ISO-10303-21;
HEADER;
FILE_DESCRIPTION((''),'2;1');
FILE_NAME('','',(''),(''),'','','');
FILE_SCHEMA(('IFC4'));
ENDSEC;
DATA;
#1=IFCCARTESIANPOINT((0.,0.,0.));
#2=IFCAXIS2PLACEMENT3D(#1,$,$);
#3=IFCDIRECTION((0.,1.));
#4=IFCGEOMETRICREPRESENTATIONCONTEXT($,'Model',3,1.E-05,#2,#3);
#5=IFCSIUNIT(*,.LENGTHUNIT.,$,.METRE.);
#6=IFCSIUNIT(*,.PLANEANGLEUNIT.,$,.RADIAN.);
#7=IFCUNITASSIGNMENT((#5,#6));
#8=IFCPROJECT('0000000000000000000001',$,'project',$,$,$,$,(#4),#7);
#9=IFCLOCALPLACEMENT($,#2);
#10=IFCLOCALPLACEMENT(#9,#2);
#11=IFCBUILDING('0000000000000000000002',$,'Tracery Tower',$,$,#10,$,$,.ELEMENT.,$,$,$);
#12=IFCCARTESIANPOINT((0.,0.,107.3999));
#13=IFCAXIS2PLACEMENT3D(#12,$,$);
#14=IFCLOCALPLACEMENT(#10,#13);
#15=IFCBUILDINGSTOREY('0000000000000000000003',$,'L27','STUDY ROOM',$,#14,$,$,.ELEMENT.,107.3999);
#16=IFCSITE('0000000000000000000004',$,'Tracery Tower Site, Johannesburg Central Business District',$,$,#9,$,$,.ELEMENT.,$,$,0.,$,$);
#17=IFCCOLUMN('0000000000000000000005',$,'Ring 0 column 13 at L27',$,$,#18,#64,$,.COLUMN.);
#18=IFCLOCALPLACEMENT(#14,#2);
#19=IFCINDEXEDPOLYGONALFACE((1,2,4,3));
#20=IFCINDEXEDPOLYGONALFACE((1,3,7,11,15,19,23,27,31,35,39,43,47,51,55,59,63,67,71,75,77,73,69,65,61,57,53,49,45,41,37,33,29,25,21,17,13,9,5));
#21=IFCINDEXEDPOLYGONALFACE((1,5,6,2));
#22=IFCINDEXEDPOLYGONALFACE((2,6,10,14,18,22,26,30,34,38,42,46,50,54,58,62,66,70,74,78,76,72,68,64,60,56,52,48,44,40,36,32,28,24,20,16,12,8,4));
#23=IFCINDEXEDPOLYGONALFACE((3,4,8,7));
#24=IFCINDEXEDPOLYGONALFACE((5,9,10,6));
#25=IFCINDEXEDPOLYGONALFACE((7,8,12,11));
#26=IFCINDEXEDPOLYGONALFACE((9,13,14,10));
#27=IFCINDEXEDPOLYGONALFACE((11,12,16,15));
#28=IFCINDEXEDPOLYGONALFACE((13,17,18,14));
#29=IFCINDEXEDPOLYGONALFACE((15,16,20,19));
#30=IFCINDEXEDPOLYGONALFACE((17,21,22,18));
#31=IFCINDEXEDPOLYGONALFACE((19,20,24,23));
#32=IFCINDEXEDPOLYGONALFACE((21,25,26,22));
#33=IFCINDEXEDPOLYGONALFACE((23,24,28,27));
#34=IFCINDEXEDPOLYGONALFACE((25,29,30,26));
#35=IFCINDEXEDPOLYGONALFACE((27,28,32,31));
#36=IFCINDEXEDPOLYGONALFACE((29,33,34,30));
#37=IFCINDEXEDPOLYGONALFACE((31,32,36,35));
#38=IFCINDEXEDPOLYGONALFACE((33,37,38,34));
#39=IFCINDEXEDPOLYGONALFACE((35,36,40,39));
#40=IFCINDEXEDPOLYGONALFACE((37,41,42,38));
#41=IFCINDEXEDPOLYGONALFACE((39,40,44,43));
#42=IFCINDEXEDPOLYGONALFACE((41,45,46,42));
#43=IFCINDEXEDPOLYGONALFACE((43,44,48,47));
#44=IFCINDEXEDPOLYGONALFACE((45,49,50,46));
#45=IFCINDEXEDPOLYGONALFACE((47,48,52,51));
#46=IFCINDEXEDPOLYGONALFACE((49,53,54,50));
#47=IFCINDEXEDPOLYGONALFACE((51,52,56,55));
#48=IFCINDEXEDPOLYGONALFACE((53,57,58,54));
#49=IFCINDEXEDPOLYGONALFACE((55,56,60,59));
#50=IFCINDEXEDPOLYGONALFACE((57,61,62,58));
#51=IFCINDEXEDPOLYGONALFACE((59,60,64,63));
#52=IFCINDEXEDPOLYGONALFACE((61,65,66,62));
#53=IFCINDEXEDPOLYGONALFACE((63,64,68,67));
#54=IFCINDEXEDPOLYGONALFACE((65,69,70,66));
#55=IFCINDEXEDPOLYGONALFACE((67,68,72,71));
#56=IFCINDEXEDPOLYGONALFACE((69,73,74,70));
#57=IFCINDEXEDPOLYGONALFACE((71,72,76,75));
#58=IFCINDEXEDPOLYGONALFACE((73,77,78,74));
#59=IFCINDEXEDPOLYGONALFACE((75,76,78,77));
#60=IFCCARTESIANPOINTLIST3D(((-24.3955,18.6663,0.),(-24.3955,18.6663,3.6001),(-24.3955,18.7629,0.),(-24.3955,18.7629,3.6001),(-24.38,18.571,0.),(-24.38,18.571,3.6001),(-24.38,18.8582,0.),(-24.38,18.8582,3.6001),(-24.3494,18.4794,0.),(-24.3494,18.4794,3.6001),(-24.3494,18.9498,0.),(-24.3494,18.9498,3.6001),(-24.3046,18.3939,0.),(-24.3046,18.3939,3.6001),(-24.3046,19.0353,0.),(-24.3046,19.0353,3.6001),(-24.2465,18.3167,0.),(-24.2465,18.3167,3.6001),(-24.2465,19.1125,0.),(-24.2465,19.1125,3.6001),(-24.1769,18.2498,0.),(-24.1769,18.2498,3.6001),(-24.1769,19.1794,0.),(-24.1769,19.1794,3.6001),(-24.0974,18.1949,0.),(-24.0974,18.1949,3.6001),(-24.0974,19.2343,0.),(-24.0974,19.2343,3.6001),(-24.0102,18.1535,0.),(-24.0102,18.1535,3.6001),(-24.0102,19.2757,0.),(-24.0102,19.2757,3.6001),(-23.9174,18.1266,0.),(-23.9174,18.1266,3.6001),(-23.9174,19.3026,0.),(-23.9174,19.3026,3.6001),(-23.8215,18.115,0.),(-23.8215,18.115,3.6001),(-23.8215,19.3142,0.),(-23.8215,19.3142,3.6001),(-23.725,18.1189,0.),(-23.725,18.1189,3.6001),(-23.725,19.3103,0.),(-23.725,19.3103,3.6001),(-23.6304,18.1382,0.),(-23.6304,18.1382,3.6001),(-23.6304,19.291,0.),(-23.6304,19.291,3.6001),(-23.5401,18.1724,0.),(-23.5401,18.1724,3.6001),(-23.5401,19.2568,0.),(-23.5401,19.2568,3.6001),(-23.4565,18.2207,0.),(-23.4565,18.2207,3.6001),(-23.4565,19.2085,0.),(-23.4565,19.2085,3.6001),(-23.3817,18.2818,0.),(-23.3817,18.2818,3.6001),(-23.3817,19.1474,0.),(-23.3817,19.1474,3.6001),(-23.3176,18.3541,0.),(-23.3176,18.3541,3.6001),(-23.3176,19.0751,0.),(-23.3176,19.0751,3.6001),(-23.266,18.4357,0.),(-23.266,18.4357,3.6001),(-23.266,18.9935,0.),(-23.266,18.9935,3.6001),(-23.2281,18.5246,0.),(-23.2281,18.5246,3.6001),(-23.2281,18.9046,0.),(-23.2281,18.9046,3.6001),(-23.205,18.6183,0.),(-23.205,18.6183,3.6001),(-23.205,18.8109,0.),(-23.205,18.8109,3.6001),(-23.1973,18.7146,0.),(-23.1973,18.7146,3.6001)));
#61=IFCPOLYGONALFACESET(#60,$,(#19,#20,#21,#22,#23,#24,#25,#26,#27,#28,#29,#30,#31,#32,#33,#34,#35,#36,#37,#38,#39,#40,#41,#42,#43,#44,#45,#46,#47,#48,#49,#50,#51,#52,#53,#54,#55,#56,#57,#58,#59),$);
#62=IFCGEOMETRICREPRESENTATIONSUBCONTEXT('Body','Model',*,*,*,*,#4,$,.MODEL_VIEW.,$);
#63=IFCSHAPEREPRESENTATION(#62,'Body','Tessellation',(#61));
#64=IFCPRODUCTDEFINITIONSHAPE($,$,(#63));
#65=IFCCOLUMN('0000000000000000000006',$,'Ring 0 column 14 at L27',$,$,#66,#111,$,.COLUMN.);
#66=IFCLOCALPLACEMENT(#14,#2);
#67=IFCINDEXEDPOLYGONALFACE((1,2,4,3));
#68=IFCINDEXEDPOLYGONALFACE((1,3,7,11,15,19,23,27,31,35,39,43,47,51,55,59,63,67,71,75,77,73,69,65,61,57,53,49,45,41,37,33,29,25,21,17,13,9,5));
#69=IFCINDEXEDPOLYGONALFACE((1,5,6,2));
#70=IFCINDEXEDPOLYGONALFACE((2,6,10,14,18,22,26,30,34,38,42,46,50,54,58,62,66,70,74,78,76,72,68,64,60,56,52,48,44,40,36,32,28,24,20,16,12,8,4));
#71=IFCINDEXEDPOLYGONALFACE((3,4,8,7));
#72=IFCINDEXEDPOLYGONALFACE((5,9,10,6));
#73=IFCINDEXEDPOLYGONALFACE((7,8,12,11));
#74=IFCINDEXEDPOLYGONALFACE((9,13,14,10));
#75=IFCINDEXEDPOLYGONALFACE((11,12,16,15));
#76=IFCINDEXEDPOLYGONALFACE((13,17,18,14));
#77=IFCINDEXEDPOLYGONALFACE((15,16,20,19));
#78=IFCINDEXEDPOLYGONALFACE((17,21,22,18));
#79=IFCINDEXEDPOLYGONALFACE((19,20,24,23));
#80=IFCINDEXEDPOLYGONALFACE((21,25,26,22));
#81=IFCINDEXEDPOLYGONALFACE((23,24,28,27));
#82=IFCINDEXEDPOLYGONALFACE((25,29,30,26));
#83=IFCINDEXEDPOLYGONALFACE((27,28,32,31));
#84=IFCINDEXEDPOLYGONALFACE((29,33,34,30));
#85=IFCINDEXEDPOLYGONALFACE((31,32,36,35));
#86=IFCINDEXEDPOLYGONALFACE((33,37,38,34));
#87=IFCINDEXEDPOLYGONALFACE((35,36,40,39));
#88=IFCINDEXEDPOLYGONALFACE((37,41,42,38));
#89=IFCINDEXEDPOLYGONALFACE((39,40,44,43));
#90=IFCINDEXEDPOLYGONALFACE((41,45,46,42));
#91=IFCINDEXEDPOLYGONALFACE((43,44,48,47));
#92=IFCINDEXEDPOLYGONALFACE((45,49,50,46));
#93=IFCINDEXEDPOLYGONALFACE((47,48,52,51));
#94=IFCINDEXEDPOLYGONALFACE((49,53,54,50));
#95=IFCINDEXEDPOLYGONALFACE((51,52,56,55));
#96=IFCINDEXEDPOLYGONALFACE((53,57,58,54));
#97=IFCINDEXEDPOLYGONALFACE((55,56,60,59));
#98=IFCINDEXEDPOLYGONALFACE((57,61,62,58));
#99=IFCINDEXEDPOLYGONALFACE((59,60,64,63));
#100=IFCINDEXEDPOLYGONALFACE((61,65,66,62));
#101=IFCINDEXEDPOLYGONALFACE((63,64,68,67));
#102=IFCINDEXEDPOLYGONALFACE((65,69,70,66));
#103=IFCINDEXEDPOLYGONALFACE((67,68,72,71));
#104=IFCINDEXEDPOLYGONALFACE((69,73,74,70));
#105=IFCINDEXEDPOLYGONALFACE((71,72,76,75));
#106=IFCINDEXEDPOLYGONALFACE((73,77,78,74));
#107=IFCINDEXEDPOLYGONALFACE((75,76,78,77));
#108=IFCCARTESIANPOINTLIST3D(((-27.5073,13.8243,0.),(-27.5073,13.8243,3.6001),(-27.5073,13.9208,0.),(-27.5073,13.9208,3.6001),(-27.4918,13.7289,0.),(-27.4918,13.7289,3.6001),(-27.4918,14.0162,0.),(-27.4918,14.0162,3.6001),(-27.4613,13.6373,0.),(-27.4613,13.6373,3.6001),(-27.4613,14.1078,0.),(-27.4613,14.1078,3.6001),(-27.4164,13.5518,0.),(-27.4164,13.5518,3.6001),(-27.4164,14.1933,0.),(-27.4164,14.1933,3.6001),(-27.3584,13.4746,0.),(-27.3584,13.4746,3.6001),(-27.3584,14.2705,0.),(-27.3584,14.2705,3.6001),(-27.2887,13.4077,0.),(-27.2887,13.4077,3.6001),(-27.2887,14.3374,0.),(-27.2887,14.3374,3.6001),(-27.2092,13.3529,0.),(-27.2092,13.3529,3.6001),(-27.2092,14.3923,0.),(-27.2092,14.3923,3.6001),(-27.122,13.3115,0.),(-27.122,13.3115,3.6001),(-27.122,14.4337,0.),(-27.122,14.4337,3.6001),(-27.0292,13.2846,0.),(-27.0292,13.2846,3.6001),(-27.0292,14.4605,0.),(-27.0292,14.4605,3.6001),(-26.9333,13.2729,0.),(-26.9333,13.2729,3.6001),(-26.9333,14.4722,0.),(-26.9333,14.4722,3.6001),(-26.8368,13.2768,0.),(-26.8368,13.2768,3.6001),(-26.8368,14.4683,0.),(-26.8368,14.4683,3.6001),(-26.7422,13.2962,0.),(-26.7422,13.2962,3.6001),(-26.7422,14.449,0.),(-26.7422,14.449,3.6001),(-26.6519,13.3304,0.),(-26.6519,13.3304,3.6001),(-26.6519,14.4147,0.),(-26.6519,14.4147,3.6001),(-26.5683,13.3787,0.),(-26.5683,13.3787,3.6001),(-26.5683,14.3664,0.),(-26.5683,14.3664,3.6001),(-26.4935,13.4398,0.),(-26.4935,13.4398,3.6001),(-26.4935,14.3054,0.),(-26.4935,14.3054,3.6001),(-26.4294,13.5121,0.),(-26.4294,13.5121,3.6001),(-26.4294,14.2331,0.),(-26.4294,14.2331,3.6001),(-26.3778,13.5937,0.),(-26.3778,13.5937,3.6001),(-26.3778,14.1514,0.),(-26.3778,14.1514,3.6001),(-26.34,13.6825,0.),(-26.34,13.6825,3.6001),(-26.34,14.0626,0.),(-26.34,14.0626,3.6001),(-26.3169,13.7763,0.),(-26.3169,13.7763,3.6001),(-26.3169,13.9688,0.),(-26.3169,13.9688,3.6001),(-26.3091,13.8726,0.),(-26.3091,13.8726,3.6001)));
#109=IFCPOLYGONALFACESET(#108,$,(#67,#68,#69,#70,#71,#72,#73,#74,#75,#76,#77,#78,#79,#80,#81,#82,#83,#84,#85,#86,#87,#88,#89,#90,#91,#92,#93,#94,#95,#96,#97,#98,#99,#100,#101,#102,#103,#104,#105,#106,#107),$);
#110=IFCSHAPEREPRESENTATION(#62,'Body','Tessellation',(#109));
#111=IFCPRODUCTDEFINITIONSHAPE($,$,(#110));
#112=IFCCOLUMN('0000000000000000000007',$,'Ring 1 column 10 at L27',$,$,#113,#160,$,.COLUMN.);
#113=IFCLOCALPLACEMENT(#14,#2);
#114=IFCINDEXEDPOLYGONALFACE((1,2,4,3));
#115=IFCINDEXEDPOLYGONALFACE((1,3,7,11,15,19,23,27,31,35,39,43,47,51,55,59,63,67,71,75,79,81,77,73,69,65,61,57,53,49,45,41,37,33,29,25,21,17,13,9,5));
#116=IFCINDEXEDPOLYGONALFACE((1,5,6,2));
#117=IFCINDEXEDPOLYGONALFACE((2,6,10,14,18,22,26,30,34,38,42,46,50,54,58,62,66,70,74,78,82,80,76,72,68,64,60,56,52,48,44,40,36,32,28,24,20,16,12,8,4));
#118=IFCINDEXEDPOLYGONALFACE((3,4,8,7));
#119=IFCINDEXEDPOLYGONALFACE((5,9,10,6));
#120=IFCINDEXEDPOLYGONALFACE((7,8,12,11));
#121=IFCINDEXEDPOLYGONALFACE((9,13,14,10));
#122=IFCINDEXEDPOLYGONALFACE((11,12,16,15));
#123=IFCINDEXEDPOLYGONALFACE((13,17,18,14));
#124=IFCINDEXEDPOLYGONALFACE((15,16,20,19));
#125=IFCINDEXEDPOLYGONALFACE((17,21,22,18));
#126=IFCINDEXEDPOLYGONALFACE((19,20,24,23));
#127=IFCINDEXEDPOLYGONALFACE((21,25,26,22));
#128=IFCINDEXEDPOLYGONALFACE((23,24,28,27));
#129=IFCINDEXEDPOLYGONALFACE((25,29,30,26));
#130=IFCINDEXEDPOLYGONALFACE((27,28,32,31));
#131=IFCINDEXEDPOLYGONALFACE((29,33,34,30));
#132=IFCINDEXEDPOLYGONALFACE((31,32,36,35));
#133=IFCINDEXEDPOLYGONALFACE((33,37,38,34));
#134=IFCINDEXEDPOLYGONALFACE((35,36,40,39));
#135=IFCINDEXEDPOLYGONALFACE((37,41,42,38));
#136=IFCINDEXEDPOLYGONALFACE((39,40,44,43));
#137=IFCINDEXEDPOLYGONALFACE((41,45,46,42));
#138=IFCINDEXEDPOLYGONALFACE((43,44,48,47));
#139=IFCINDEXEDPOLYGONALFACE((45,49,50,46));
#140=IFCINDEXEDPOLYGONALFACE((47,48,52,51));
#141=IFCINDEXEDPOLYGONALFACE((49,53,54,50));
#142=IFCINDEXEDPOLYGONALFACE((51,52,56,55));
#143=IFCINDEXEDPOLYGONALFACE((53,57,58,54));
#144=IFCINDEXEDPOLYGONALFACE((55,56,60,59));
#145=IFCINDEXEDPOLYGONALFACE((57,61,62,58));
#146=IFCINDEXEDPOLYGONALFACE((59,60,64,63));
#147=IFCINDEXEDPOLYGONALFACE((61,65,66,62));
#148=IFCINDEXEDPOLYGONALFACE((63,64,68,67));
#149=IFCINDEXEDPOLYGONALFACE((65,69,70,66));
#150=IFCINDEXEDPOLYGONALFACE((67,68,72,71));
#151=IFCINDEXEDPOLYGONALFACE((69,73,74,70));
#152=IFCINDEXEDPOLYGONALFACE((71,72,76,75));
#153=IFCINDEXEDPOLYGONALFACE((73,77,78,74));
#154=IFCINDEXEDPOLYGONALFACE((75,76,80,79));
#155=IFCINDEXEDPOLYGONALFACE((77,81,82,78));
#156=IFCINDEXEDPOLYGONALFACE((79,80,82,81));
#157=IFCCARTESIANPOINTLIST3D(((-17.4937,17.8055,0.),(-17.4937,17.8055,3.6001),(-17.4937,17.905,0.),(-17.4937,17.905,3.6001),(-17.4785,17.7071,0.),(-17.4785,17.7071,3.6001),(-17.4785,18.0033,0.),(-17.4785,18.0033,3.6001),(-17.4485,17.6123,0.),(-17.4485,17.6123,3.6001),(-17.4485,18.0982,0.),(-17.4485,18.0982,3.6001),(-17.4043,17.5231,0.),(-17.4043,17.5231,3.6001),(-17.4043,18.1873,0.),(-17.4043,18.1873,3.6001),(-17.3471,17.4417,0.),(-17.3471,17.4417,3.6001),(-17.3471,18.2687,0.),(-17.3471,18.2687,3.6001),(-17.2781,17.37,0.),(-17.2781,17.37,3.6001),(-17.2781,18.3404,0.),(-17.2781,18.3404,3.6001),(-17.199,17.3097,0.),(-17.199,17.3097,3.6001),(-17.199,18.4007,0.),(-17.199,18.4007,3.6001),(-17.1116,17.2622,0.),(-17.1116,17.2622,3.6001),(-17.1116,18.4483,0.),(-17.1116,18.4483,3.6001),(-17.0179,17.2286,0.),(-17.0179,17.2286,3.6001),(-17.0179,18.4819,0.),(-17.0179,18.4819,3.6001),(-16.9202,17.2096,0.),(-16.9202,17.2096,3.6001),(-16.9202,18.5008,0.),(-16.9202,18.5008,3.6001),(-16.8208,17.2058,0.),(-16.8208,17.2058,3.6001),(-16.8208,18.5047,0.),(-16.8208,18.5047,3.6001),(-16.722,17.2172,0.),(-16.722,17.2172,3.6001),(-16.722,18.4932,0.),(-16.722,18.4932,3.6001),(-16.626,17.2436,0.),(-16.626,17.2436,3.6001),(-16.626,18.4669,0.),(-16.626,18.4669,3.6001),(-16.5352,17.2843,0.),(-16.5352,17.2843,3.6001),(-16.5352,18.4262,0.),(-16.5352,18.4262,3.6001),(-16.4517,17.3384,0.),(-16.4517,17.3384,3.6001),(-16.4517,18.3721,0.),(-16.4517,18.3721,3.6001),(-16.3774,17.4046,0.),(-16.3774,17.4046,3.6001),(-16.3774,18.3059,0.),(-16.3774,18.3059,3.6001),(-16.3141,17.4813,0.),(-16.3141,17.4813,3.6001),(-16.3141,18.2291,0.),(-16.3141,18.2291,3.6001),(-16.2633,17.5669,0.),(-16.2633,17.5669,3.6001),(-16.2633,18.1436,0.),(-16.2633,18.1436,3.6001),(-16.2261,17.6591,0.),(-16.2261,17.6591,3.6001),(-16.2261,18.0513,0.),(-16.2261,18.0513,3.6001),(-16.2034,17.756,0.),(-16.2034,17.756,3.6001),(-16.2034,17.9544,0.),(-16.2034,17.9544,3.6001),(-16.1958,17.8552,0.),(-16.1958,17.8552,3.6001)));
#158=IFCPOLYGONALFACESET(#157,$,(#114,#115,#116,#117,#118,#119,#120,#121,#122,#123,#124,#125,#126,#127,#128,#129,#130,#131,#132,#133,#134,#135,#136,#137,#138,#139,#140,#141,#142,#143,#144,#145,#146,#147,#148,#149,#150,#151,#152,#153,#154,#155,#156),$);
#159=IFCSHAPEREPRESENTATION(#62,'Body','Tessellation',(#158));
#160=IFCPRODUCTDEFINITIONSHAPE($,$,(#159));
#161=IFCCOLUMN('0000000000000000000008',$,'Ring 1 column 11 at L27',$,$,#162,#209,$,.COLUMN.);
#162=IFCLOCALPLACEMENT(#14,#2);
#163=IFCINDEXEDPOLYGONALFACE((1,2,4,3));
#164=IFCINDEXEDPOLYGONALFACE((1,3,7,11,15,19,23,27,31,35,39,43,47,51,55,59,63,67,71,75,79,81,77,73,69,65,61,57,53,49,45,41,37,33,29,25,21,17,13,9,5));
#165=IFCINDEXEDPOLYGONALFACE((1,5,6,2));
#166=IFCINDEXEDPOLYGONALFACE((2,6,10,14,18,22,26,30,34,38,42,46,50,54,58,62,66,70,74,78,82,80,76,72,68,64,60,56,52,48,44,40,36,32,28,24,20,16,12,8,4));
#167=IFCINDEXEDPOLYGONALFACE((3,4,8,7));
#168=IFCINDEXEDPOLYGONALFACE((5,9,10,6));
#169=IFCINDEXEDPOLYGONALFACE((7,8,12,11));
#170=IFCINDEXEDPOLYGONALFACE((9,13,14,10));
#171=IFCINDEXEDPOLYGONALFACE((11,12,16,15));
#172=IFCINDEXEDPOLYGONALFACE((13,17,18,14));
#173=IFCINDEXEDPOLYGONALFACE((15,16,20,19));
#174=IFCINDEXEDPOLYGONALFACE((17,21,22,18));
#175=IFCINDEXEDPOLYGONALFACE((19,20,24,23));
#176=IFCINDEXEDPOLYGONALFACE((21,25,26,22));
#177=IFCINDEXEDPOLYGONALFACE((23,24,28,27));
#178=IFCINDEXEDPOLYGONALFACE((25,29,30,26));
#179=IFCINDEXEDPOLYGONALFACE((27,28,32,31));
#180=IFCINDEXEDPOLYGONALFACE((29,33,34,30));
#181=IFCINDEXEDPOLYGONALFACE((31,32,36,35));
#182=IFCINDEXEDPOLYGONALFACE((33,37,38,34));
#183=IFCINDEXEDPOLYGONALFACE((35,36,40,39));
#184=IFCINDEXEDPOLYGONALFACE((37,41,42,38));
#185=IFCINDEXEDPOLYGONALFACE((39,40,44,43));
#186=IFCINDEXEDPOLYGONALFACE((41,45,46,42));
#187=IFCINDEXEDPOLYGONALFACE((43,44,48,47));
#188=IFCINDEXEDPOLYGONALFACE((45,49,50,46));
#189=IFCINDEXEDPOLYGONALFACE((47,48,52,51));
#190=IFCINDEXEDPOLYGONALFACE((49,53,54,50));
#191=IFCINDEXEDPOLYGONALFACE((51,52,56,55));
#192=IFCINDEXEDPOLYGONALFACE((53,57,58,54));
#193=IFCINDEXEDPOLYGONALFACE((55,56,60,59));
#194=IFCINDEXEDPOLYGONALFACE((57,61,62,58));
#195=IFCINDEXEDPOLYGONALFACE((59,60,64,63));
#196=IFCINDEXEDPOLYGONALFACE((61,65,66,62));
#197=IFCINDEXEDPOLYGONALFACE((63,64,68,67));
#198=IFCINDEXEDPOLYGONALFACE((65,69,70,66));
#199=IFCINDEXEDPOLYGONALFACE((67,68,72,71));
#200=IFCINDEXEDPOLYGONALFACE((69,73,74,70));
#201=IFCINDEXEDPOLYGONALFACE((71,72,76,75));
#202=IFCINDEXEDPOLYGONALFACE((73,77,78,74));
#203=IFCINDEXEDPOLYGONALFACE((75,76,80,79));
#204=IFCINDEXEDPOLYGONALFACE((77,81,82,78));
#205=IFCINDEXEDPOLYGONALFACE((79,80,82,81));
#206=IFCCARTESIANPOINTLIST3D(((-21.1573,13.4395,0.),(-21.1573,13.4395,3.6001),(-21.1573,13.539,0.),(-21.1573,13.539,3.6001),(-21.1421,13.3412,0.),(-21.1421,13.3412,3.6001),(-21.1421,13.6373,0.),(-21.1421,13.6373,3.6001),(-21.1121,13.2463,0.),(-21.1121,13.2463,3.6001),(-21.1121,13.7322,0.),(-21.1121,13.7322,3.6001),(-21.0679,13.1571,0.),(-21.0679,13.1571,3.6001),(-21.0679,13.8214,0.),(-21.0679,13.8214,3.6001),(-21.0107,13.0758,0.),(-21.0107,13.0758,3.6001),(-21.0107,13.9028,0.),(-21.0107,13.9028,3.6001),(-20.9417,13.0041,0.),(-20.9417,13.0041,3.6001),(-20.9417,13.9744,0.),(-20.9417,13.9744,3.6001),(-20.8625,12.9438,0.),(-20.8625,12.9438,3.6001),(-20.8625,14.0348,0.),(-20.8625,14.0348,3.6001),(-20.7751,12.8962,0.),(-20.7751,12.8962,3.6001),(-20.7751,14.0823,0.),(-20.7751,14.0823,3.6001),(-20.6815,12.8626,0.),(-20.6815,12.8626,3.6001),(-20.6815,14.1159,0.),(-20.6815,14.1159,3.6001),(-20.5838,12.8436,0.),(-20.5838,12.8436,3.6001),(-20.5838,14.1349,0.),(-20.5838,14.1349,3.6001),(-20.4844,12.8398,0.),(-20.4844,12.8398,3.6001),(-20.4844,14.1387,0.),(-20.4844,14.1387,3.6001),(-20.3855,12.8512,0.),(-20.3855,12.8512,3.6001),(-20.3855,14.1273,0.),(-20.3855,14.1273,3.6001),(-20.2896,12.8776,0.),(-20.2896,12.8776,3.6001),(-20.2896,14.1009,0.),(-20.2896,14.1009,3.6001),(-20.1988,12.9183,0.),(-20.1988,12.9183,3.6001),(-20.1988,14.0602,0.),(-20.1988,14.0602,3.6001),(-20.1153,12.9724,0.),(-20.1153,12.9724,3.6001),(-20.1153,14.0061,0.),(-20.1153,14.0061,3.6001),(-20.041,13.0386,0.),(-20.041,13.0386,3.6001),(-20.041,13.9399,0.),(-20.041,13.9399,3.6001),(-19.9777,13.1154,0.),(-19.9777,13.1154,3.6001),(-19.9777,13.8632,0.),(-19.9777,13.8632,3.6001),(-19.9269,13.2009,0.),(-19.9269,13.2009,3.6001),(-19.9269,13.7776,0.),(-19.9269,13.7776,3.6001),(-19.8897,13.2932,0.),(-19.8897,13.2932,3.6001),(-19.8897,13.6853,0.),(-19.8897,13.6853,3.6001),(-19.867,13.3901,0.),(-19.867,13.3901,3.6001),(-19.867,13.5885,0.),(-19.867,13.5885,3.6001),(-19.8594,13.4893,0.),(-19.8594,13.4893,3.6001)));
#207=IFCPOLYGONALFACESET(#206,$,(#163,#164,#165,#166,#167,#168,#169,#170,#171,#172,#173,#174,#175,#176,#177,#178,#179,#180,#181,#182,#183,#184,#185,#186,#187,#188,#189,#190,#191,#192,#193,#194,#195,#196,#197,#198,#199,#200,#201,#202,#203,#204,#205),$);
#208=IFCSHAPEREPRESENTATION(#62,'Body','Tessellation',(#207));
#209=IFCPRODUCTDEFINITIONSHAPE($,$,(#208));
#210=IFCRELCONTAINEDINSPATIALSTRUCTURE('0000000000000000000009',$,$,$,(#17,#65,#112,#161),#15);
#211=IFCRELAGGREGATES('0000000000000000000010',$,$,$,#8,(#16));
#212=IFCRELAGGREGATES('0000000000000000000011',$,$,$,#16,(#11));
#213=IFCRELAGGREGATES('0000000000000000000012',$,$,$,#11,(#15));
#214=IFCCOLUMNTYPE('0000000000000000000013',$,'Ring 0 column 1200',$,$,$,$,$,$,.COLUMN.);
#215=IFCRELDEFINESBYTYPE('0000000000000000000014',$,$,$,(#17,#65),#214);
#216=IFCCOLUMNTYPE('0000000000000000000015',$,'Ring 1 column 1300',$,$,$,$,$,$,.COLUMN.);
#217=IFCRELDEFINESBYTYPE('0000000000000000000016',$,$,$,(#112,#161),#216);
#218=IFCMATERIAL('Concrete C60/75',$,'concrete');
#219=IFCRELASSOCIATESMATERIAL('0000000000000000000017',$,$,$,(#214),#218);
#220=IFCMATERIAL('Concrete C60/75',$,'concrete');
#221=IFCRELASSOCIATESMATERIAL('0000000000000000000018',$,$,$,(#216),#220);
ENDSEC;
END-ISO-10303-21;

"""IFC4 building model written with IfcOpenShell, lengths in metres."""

from ifc_helpers import new_model, si_unit, direction, frame, origin, origin_2d, place, context, subcontext, project, spatial, circle, extrude, material, material_profile, profile_set, type_object, element, save


model = new_model("IFC4")

# Units and contexts
model_context = context("Model", 3, precision=1e-05, world=origin(), true_north=direction((0.0, 1.0)))
body_context = subcontext(model_context, "Body", "Model", "MODEL_VIEW")
ifc_project = project(units=[si_unit("LENGTHUNIT", "METRE"), si_unit("PLANEANGLEUNIT", "RADIAN")], contexts=[model_context])

# Site, building, storey
site_placement = place(None, origin())
site = spatial("IfcSite", under=ifc_project, at=site_placement, Name="Tracery Tower Site, Johannesburg Central Business District", CompositionType="ELEMENT", RefElevation=0.0)
building_placement = place(site_placement, origin())
building = spatial("IfcBuilding", under=site, at=building_placement, Name="Tracery Tower", CompositionType="ELEMENT")
storey_placement = place(building_placement, frame((0.0, 0.0, 107.3999)))
storey = spatial("IfcBuildingStorey", under=building, at=storey_placement, Name="L27", Description="STUDY ROOM", CompositionType="ELEMENT", Elevation=107.3999)

# Columns
ifc_material_1 = material(Name="Concrete C60/75", Category="concrete")
ifc_material_profile_1 = material_profile(ifc_material_1, circle(Radius=0.6001, at=origin_2d()), Name="RC D1200")
ifc_profile_set_1 = profile_set([ifc_material_profile_1], Name="Concrete C60/75")
column_type_1 = type_object("IfcColumnType", Name="Ring 0 column 1200", PredefinedType="COLUMN", material=ifc_profile_set_1)
for number, where, z_axis, x_axis, name in (
    (1, (-23.7974, 18.7146, 0.0), (0.0, 0.0, 1.0), (1.0, 0.0, 0.0), "Ring 0 column 13 at L27"),
    (2, (-26.9092, 13.8726, 0.0), (0.0, 0.0, 1.0), (1.0, 0.0, 0.0), "Ring 0 column 14 at L27"),
):
    element("IfcColumn", number, at=place(storey_placement, frame(where, z_axis=z_axis, x_axis=x_axis)), inside=storey, type_object=column_type_1, Name=name, PredefinedType="COLUMN", context=body_context, shape_type="SweptSolid", body=[
        extrude(circle(Radius=0.6001, at=origin_2d()), origin(), (0.0, 0.0, 1.0), 3.6001),
    ])
ifc_material_2 = material(Name="Concrete C60/75", Category="concrete")
ifc_material_profile_2 = material_profile(ifc_material_2, circle(Radius=0.6499, at=origin_2d()), Name="RC D1300")
ifc_profile_set_2 = profile_set([ifc_material_profile_2], Name="Concrete C60/75")
column_type_2 = type_object("IfcColumnType", Name="Ring 1 column 1300", PredefinedType="COLUMN", material=ifc_profile_set_2)
for number, where, z_axis, x_axis, name in (
    (3, (-16.8457, 17.8552, 0.0), (0.0, 0.0, 1.0), (1.0, 0.0, 0.0), "Ring 1 column 10 at L27"),
    (4, (-20.5093, 13.4893, 0.0), (0.0, 0.0, 1.0), (1.0, 0.0, 0.0), "Ring 1 column 11 at L27"),
):
    element("IfcColumn", number, at=place(storey_placement, frame(where, z_axis=z_axis, x_axis=x_axis)), inside=storey, type_object=column_type_2, Name=name, PredefinedType="COLUMN", context=body_context, shape_type="SweptSolid", body=[
        extrude(circle(Radius=0.6499, at=origin_2d()), origin(), (0.0, 0.0, 1.0), 3.6001),
    ])

save(model, "model.ifc")
